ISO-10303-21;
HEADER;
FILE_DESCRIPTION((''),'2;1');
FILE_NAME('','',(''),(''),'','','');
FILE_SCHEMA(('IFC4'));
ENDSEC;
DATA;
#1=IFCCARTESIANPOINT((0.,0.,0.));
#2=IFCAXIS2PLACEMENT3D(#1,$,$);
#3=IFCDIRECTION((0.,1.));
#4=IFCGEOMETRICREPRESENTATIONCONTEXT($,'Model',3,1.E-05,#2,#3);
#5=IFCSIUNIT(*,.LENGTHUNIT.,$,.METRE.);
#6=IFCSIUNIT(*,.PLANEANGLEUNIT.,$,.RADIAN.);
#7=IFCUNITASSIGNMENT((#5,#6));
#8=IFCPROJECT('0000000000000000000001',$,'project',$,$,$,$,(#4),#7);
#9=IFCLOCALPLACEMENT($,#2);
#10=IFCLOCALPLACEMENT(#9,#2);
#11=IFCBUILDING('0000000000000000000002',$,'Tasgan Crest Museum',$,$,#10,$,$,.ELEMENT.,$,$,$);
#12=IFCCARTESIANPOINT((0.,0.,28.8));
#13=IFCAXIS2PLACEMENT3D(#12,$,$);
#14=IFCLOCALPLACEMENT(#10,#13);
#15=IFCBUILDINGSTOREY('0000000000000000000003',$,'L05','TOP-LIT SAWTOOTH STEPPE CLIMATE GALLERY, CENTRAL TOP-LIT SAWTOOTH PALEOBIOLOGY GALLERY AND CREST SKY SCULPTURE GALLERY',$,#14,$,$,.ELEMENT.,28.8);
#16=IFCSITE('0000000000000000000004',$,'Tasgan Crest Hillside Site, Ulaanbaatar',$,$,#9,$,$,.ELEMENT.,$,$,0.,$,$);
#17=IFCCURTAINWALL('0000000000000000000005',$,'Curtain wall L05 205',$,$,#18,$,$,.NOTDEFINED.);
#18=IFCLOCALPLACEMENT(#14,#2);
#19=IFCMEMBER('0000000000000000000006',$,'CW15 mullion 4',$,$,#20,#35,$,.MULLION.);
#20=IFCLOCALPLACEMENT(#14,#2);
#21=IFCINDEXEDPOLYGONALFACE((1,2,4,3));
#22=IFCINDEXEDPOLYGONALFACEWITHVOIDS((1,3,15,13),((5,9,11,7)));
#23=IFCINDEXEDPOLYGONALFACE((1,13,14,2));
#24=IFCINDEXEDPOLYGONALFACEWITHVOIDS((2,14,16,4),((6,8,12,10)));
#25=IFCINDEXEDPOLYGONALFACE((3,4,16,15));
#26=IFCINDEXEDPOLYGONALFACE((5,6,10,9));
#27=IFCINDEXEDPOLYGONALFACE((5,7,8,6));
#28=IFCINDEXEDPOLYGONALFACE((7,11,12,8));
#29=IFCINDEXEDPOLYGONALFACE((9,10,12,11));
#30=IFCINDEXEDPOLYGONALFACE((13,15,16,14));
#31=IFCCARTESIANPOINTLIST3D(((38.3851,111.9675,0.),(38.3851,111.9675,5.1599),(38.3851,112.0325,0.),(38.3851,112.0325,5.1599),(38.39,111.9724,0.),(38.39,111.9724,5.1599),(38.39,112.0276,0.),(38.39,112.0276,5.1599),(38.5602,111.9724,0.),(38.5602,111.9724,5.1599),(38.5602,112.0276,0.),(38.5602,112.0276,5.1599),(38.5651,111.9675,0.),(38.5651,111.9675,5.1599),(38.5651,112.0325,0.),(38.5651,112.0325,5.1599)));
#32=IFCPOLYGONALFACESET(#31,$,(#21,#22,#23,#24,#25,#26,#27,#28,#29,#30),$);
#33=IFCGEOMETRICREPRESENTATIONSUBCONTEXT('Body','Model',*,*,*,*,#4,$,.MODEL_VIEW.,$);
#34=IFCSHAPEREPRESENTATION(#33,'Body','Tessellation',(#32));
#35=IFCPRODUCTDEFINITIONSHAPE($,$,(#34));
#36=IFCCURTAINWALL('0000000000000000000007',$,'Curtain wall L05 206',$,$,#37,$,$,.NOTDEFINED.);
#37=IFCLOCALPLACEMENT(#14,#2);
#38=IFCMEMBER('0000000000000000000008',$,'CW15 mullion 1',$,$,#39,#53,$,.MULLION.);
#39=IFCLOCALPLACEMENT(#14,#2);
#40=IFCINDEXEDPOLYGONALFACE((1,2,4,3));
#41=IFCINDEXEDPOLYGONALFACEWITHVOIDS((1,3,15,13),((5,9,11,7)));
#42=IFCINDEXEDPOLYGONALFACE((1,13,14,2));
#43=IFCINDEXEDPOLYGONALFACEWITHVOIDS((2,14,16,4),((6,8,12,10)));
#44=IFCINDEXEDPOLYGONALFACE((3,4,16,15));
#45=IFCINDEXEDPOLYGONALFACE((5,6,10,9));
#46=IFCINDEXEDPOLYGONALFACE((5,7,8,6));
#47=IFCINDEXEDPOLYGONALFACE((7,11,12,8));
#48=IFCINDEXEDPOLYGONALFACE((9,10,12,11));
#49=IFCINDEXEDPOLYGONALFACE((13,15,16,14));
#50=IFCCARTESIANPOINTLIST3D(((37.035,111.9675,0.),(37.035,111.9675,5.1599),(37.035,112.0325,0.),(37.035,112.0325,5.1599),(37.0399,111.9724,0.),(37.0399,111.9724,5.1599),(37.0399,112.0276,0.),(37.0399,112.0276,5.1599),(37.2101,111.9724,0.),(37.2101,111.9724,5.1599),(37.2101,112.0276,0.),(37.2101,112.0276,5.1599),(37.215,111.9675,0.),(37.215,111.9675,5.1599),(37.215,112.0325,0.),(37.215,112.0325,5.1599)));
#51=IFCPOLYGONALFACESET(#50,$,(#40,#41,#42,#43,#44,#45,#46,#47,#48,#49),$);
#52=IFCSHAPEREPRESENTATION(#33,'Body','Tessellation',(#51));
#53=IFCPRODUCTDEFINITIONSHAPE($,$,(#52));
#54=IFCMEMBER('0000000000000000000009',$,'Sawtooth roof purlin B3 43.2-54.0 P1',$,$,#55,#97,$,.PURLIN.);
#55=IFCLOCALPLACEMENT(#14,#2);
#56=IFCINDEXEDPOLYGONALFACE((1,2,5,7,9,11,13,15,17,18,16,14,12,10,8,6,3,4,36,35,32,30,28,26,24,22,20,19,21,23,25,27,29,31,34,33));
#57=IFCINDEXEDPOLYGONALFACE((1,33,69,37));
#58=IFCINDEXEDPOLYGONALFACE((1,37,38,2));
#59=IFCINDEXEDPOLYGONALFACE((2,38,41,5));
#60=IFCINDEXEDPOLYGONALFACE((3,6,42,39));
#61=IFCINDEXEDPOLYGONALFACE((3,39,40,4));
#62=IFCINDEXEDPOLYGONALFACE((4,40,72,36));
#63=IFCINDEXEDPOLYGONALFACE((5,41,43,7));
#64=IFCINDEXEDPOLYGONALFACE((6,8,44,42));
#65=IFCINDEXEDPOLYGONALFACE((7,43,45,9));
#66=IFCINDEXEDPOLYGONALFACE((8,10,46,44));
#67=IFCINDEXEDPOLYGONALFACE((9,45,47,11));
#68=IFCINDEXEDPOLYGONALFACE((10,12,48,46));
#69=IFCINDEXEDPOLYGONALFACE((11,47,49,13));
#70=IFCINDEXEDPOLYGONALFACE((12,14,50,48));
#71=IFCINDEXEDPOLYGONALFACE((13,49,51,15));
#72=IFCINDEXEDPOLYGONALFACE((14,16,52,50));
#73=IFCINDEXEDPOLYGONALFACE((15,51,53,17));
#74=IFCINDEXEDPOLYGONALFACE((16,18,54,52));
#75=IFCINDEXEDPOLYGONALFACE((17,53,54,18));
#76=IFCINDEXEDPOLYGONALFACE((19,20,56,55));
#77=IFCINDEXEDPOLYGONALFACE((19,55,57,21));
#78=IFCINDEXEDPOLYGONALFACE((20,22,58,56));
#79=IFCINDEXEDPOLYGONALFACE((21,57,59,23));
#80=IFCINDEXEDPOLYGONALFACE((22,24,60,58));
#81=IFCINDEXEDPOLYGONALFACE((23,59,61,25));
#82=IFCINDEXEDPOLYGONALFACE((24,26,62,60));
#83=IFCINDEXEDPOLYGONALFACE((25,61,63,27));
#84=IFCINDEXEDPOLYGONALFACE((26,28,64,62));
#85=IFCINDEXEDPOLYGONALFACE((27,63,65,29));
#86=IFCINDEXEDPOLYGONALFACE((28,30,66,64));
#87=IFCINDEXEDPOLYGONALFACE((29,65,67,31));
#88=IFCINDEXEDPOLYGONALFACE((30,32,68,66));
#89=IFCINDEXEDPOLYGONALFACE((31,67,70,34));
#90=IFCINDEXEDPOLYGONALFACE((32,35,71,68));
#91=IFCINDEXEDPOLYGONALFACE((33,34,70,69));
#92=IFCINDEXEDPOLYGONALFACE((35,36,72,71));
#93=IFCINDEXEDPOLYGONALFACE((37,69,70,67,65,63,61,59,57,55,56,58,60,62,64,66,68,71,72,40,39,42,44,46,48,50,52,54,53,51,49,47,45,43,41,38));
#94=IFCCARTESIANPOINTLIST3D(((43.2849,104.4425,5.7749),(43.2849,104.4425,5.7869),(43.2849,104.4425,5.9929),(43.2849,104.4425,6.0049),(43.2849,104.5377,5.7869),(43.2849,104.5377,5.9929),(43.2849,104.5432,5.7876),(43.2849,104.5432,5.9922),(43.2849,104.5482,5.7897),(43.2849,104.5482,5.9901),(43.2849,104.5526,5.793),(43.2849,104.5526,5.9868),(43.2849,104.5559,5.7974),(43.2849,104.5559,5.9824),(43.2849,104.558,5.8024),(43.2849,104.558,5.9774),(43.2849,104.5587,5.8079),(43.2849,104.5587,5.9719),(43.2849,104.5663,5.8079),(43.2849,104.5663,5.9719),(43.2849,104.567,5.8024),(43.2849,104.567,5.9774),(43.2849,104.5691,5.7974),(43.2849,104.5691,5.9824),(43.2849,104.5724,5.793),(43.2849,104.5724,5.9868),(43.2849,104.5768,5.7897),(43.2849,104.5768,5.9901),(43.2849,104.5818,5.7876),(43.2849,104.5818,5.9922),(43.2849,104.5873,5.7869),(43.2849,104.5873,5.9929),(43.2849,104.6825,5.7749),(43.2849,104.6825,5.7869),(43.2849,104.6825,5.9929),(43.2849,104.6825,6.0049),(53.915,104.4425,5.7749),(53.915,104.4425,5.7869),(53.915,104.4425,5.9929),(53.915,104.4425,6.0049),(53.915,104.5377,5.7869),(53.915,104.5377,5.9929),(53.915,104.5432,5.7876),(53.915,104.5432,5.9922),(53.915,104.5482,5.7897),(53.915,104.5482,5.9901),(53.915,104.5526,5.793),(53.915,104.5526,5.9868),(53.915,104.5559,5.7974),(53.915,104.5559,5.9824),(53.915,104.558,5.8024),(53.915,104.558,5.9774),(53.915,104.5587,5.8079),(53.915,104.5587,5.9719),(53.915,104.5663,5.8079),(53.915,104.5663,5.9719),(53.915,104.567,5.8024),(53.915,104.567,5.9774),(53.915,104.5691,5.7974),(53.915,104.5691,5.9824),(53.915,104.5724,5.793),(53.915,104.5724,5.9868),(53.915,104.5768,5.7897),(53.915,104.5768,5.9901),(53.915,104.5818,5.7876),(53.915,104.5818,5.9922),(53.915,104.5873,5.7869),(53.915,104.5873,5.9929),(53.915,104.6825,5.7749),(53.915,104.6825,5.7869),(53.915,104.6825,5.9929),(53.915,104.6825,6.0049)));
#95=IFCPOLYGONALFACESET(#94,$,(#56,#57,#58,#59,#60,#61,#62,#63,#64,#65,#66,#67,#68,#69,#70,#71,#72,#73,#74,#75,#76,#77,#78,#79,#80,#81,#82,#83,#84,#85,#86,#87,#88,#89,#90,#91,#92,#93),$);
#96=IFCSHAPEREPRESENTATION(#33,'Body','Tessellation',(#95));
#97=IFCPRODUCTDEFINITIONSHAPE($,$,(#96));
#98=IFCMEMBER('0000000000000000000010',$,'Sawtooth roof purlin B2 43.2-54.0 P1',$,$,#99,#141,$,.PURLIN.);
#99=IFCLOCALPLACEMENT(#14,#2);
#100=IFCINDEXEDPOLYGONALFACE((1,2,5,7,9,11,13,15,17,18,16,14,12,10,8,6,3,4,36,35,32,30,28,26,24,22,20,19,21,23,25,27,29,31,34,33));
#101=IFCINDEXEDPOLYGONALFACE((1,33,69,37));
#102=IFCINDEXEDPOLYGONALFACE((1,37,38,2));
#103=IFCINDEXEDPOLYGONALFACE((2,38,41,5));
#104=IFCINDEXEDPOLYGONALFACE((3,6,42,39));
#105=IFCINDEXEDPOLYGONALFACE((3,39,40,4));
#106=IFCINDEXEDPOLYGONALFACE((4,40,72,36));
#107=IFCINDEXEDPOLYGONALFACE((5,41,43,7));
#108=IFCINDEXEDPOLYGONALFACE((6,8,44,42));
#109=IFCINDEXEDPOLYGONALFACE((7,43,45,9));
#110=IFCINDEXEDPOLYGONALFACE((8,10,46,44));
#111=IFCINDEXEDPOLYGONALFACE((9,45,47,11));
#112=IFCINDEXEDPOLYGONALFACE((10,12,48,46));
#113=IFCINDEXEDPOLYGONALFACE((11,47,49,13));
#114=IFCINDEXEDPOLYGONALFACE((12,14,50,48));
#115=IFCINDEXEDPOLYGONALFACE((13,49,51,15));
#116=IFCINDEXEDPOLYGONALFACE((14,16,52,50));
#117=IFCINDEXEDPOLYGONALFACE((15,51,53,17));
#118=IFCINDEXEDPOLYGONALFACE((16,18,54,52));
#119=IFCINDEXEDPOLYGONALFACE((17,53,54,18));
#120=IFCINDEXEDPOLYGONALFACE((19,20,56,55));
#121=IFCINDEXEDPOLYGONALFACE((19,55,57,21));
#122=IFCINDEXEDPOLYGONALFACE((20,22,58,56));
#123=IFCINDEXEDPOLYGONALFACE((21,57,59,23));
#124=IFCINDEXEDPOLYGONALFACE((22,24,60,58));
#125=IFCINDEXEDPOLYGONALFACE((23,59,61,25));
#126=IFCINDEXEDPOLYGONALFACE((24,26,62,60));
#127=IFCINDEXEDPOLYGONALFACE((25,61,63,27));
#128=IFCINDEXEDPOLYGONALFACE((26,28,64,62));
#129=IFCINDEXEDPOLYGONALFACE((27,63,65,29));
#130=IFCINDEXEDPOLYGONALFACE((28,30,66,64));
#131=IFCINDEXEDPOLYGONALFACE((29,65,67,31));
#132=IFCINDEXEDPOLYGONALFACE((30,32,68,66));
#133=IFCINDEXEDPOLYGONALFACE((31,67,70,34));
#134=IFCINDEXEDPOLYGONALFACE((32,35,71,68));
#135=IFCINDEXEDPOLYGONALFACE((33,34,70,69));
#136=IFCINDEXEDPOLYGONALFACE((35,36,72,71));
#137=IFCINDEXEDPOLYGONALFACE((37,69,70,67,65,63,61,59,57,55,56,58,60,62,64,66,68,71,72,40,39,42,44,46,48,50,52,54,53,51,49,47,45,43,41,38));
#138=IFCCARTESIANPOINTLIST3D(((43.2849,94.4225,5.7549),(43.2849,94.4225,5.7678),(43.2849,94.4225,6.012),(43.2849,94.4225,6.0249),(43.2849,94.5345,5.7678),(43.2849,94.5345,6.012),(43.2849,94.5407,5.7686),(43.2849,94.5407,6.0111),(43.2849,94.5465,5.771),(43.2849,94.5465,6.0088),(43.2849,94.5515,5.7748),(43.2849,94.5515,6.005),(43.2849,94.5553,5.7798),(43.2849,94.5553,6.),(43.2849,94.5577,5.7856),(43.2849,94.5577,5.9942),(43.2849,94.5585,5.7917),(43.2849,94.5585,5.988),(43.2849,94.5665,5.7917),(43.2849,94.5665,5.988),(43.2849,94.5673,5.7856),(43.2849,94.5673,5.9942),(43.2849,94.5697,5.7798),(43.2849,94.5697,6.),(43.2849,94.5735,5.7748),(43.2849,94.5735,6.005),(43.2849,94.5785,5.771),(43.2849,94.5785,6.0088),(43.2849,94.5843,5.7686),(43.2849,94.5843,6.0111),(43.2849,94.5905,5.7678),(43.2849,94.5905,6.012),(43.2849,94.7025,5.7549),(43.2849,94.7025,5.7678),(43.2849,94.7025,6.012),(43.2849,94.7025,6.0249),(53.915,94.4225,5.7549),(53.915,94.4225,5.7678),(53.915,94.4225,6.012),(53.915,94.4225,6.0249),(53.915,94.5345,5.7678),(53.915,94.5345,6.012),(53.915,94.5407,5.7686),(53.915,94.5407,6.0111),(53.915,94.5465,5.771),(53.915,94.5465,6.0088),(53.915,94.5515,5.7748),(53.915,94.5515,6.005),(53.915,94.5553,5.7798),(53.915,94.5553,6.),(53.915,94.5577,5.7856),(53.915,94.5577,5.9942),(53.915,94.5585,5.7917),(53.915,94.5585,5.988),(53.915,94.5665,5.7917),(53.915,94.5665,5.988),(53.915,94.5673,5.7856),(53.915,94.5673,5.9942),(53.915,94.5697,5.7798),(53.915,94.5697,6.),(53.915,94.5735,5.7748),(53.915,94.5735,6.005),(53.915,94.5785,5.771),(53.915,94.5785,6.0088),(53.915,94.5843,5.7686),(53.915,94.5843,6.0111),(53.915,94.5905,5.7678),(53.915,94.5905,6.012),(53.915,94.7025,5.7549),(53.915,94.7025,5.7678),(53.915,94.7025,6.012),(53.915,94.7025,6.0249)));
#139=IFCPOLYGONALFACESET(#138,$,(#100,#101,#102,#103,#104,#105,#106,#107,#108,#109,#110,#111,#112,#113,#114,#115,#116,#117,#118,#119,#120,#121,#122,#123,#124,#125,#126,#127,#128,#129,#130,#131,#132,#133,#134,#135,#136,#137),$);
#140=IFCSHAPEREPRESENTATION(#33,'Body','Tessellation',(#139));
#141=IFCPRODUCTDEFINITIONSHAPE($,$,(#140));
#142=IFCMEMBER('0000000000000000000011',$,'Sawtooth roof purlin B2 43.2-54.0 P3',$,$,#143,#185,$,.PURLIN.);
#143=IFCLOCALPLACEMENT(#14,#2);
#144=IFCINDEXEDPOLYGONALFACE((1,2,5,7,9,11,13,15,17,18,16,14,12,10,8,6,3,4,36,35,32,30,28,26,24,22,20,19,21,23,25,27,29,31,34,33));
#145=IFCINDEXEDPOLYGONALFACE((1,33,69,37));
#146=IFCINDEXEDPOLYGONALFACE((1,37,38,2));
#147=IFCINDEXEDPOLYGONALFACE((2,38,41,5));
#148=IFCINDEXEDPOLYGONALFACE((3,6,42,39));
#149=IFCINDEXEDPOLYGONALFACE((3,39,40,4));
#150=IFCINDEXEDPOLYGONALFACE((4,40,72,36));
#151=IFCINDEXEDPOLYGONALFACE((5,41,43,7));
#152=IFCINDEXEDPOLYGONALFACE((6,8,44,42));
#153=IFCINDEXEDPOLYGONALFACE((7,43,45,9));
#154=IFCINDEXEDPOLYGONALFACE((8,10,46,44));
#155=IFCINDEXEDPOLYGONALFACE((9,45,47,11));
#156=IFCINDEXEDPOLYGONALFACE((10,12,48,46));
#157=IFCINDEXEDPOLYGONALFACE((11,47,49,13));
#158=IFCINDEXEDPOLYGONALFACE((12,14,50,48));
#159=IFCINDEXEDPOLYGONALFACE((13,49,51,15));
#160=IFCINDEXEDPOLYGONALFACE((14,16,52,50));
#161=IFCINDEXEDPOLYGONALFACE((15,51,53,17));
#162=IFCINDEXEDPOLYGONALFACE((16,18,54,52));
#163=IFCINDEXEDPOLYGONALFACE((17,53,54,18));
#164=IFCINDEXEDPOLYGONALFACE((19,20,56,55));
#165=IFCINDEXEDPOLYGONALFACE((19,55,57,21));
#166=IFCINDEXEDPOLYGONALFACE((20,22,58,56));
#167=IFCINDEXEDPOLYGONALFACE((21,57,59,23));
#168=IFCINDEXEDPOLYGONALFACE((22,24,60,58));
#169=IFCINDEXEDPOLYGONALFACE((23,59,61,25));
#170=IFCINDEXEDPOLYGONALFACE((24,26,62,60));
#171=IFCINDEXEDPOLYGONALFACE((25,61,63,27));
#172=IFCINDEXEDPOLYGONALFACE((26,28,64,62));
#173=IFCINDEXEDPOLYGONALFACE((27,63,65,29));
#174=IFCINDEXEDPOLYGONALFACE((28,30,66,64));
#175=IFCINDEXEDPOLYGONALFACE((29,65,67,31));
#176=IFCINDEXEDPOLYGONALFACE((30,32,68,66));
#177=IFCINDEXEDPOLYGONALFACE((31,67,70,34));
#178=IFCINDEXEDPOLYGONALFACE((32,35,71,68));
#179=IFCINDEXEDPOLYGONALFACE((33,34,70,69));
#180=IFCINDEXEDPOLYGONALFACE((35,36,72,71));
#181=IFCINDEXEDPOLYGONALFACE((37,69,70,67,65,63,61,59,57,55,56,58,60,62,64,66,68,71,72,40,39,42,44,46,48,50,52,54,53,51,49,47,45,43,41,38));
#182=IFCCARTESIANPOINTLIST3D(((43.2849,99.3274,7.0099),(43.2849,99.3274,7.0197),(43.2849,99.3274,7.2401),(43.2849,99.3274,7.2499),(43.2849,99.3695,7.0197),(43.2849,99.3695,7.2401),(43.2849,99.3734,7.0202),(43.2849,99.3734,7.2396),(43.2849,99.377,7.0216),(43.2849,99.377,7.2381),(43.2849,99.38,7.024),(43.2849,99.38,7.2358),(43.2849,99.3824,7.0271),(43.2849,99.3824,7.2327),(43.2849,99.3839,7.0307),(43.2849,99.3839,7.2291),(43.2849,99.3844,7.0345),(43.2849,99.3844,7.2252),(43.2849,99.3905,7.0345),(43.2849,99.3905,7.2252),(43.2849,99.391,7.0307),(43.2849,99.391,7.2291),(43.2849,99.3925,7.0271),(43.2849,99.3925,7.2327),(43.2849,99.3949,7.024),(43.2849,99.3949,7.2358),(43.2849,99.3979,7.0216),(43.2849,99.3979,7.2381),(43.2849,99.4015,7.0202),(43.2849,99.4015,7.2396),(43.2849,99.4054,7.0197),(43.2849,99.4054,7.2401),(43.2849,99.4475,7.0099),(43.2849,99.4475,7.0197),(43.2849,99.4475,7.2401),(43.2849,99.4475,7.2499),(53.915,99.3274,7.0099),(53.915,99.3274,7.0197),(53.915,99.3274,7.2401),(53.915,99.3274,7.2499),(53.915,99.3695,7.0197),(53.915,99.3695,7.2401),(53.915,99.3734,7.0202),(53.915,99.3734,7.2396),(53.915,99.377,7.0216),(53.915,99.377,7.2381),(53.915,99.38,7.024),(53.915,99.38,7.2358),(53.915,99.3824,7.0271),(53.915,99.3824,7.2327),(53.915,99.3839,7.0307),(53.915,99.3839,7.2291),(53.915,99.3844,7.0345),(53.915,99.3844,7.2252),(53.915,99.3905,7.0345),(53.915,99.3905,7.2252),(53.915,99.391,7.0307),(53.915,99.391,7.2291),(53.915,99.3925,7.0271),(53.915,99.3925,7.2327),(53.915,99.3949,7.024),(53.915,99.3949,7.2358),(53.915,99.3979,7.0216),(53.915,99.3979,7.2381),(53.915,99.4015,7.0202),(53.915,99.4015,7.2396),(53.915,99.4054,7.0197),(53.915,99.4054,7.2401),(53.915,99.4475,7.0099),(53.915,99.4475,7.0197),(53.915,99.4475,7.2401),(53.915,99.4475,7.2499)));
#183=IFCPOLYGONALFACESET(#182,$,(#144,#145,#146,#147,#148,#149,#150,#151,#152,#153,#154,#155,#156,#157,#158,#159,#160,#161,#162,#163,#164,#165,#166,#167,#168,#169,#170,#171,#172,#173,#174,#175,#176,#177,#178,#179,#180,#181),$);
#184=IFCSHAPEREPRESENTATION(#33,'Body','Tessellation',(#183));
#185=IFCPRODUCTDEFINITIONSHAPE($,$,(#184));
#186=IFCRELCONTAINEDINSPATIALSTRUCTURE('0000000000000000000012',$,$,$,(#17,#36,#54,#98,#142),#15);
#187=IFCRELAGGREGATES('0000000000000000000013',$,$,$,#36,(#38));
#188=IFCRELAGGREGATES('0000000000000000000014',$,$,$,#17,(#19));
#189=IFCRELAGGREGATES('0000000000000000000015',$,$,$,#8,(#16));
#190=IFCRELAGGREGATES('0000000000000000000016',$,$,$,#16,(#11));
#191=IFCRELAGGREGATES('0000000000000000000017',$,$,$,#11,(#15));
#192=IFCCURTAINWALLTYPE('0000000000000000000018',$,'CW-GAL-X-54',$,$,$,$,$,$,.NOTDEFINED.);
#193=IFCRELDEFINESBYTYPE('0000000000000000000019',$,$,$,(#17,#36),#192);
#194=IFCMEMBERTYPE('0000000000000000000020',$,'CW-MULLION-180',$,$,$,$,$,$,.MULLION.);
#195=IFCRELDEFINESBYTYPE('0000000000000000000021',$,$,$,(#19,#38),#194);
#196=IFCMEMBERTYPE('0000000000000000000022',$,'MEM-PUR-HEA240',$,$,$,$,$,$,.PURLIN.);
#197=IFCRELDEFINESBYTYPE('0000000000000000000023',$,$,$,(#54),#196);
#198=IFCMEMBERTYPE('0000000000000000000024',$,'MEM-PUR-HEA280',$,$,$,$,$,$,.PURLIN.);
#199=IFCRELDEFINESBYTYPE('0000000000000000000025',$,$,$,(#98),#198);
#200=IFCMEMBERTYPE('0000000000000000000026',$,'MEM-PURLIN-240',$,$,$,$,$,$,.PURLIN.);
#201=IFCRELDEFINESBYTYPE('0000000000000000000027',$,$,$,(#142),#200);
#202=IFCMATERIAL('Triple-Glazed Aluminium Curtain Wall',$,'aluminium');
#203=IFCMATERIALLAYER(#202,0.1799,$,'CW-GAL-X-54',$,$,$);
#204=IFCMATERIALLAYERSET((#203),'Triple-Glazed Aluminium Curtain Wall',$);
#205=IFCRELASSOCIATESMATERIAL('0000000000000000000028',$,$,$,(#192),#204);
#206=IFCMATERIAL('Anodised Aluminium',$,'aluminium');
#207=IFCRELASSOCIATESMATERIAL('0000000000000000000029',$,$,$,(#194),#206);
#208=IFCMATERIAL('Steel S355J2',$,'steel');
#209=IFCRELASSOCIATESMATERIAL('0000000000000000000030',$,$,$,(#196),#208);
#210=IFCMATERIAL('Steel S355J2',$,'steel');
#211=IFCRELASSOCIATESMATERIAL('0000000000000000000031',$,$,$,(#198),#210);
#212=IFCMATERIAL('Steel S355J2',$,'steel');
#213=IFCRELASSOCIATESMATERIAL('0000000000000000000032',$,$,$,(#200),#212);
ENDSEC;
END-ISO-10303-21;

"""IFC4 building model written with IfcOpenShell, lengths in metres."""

from ifc_helpers import new_model, si_unit, direction, frame, origin, origin_2d, place, context, subcontext, project, spatial, hollow_rectangle, i_section, extrude, material, layer, layer_set, material_profile, profile_set, type_object, element, aggregate, save


model = new_model("IFC4")

# Units and contexts
model_context = context("Model", 3, precision=1e-05, world=origin(), true_north=direction((0.0, 1.0)))
body_context = subcontext(model_context, "Body", "Model", "MODEL_VIEW")
ifc_project = project(units=[si_unit("LENGTHUNIT", "METRE"), si_unit("PLANEANGLEUNIT", "RADIAN")], contexts=[model_context])

# Site, building, storey
site_placement = place(None, origin())
site = spatial("IfcSite", under=ifc_project, at=site_placement, Name="Tasgan Crest Hillside Site, Ulaanbaatar", CompositionType="ELEMENT", RefElevation=0.0)
building_placement = place(site_placement, origin())
building = spatial("IfcBuilding", under=site, at=building_placement, Name="Tasgan Crest Museum", CompositionType="ELEMENT")
storey_placement = place(building_placement, frame((0.0, 0.0, 28.8)))
storey = spatial("IfcBuildingStorey", under=building, at=storey_placement, Name="L05", Description="TOP-LIT SAWTOOTH STEPPE CLIMATE GALLERY, CENTRAL TOP-LIT SAWTOOTH PALEOBIOLOGY GALLERY AND CREST SKY SCULPTURE GALLERY", CompositionType="ELEMENT", Elevation=28.8)

# Curtain walls, members
ifc_material_1 = material(Name="Triple-Glazed Aluminium Curtain Wall", Category="aluminium")
ifc_layer_1 = layer(ifc_material_1, 0.1799, Name="CW-GAL-X-54")
ifc_layer_set_1 = layer_set([ifc_layer_1], Name="Triple-Glazed Aluminium Curtain Wall")
curtain_wall_type = type_object("IfcCurtainWallType", Name="CW-GAL-X-54", PredefinedType="NOTDEFINED", material=ifc_layer_set_1)
curtain_wall_1_placement = place(storey_placement, origin())
curtain_wall_1 = element("IfcCurtainWall", 1, at=curtain_wall_1_placement, inside=storey, type_object=curtain_wall_type, Name="Curtain wall L05 205", PredefinedType="NOTDEFINED")
ifc_material_2 = material(Name="Anodised Aluminium", Category="aluminium")
ifc_material_profile_1 = material_profile(ifc_material_2, hollow_rectangle(XDim=0.0649, YDim=0.1799, WallThickness=0.0049, at=origin_2d()), Name="ALU MULLION 180x65x5")
ifc_profile_set_1 = profile_set([ifc_material_profile_1], Name="Anodised Aluminium")
member_type_1 = type_object("IfcMemberType", Name="CW-MULLION-180", PredefinedType="MULLION", material=ifc_profile_set_1)
member_1_placement = place(storey_placement, frame((38.4751, 112.0, 0.0), z_axis=(0.0, 0.0, 1.0), x_axis=(0.0, -1.0, 0.0)))
member_1 = element("IfcMember", 2, at=member_1_placement, type_object=member_type_1, Name="CW15 mullion 4", PredefinedType="MULLION", context=body_context, shape_type="SweptSolid", body=[
    extrude(hollow_rectangle(XDim=0.0649, YDim=0.1799, WallThickness=0.0049, at=origin_2d()), origin(), (0.0, 0.0, 1.0), 5.1599),
])
curtain_wall_2_placement = place(storey_placement, origin())
curtain_wall_2 = element("IfcCurtainWall", 3, at=curtain_wall_2_placement, inside=storey, type_object=curtain_wall_type, Name="Curtain wall L05 206", PredefinedType="NOTDEFINED")
member_2_placement = place(storey_placement, frame((37.125, 112.0, 0.0), z_axis=(0.0, 0.0, 1.0), x_axis=(0.0, -1.0, 0.0)))
member_2 = element("IfcMember", 4, at=member_2_placement, type_object=member_type_1, Name="CW15 mullion 1", PredefinedType="MULLION", context=body_context, shape_type="SweptSolid", body=[
    extrude(hollow_rectangle(XDim=0.0649, YDim=0.1799, WallThickness=0.0049, at=origin_2d()), origin(), (0.0, 0.0, 1.0), 5.1599),
])
aggregate(curtain_wall_2, [member_2])

# Members
ifc_material_3 = material(Name="Steel S355J2", Category="steel")
ifc_material_profile_2 = material_profile(ifc_material_3, i_section(OverallWidth=0.24, OverallDepth=0.23, WebThickness=0.0076, FlangeThickness=0.012, FilletRadius=0.021, at=origin_2d()), Name="HEA 240")
ifc_profile_set_2 = profile_set([ifc_material_profile_2], Name="Steel S355J2")
member_type_2 = type_object("IfcMemberType", Name="MEM-PUR-HEA240", PredefinedType="PURLIN", material=ifc_profile_set_2)
member_3_placement = place(storey_placement, frame((43.2849, 104.5625, 5.8899), z_axis=(1.0, 0.0, 0.0), x_axis=(0.0, 1.0, 0.0)))
element("IfcMember", 5, at=member_3_placement, inside=storey, type_object=member_type_2, Name="Sawtooth roof purlin B3 43.2-54.0 P1", PredefinedType="PURLIN", context=body_context, shape_type="SweptSolid", body=[
    extrude(i_section(OverallWidth=0.24, OverallDepth=0.23, WebThickness=0.0076, FlangeThickness=0.012, FilletRadius=0.021, at=origin_2d()), origin(), (0.0, 0.0, 1.0), 10.6301),
])
ifc_material_4 = material(Name="Steel S355J2", Category="steel")
ifc_material_profile_3 = material_profile(ifc_material_4, i_section(OverallWidth=0.28, OverallDepth=0.27, WebThickness=0.0081, FlangeThickness=0.0129, FilletRadius=0.0239, at=origin_2d()), Name="HEA 280")
ifc_profile_set_3 = profile_set([ifc_material_profile_3], Name="Steel S355J2")
member_type_3 = type_object("IfcMemberType", Name="MEM-PUR-HEA280", PredefinedType="PURLIN", material=ifc_profile_set_3)
member_4_placement = place(storey_placement, frame((43.2849, 94.5625, 5.8899), z_axis=(1.0, 0.0, 0.0), x_axis=(0.0, 1.0, 0.0)))
element("IfcMember", 6, at=member_4_placement, inside=storey, type_object=member_type_3, Name="Sawtooth roof purlin B2 43.2-54.0 P1", PredefinedType="PURLIN", context=body_context, shape_type="SweptSolid", body=[
    extrude(i_section(OverallWidth=0.28, OverallDepth=0.27, WebThickness=0.0081, FlangeThickness=0.0129, FilletRadius=0.0239, at=origin_2d()), origin(), (0.0, 0.0, 1.0), 10.6301),
])
ifc_material_5 = material(Name="Steel S355J2", Category="steel")
ifc_material_profile_4 = material_profile(ifc_material_5, i_section(OverallWidth=0.1201, OverallDepth=0.24, WebThickness=0.0061, FlangeThickness=0.0098, FilletRadius=0.0149, at=origin_2d()), Name="IPE 240")
ifc_profile_set_4 = profile_set([ifc_material_profile_4], Name="Steel S355J2")
member_type_4 = type_object("IfcMemberType", Name="MEM-PURLIN-240", PredefinedType="PURLIN", material=ifc_profile_set_4)
for number, where, z_axis, x_axis, name in (
    (7, (43.2849, 99.3875, 7.1299), (1.0, 0.0, 0.0), (0.0, 1.0, 0.0), "Sawtooth roof purlin B2 43.2-54.0 P3"),
):
    element("IfcMember", number, at=place(storey_placement, frame(where, z_axis=z_axis, x_axis=x_axis)), inside=storey, type_object=member_type_4, Name=name, PredefinedType="PURLIN", context=body_context, shape_type="SweptSolid", body=[
        extrude(i_section(OverallWidth=0.1201, OverallDepth=0.24, WebThickness=0.0061, FlangeThickness=0.0098, FilletRadius=0.0149, at=origin_2d()), origin(), (0.0, 0.0, 1.0), 10.6301),
    ])

aggregate(curtain_wall_1, [member_1])

save(model, "model.ifc")
